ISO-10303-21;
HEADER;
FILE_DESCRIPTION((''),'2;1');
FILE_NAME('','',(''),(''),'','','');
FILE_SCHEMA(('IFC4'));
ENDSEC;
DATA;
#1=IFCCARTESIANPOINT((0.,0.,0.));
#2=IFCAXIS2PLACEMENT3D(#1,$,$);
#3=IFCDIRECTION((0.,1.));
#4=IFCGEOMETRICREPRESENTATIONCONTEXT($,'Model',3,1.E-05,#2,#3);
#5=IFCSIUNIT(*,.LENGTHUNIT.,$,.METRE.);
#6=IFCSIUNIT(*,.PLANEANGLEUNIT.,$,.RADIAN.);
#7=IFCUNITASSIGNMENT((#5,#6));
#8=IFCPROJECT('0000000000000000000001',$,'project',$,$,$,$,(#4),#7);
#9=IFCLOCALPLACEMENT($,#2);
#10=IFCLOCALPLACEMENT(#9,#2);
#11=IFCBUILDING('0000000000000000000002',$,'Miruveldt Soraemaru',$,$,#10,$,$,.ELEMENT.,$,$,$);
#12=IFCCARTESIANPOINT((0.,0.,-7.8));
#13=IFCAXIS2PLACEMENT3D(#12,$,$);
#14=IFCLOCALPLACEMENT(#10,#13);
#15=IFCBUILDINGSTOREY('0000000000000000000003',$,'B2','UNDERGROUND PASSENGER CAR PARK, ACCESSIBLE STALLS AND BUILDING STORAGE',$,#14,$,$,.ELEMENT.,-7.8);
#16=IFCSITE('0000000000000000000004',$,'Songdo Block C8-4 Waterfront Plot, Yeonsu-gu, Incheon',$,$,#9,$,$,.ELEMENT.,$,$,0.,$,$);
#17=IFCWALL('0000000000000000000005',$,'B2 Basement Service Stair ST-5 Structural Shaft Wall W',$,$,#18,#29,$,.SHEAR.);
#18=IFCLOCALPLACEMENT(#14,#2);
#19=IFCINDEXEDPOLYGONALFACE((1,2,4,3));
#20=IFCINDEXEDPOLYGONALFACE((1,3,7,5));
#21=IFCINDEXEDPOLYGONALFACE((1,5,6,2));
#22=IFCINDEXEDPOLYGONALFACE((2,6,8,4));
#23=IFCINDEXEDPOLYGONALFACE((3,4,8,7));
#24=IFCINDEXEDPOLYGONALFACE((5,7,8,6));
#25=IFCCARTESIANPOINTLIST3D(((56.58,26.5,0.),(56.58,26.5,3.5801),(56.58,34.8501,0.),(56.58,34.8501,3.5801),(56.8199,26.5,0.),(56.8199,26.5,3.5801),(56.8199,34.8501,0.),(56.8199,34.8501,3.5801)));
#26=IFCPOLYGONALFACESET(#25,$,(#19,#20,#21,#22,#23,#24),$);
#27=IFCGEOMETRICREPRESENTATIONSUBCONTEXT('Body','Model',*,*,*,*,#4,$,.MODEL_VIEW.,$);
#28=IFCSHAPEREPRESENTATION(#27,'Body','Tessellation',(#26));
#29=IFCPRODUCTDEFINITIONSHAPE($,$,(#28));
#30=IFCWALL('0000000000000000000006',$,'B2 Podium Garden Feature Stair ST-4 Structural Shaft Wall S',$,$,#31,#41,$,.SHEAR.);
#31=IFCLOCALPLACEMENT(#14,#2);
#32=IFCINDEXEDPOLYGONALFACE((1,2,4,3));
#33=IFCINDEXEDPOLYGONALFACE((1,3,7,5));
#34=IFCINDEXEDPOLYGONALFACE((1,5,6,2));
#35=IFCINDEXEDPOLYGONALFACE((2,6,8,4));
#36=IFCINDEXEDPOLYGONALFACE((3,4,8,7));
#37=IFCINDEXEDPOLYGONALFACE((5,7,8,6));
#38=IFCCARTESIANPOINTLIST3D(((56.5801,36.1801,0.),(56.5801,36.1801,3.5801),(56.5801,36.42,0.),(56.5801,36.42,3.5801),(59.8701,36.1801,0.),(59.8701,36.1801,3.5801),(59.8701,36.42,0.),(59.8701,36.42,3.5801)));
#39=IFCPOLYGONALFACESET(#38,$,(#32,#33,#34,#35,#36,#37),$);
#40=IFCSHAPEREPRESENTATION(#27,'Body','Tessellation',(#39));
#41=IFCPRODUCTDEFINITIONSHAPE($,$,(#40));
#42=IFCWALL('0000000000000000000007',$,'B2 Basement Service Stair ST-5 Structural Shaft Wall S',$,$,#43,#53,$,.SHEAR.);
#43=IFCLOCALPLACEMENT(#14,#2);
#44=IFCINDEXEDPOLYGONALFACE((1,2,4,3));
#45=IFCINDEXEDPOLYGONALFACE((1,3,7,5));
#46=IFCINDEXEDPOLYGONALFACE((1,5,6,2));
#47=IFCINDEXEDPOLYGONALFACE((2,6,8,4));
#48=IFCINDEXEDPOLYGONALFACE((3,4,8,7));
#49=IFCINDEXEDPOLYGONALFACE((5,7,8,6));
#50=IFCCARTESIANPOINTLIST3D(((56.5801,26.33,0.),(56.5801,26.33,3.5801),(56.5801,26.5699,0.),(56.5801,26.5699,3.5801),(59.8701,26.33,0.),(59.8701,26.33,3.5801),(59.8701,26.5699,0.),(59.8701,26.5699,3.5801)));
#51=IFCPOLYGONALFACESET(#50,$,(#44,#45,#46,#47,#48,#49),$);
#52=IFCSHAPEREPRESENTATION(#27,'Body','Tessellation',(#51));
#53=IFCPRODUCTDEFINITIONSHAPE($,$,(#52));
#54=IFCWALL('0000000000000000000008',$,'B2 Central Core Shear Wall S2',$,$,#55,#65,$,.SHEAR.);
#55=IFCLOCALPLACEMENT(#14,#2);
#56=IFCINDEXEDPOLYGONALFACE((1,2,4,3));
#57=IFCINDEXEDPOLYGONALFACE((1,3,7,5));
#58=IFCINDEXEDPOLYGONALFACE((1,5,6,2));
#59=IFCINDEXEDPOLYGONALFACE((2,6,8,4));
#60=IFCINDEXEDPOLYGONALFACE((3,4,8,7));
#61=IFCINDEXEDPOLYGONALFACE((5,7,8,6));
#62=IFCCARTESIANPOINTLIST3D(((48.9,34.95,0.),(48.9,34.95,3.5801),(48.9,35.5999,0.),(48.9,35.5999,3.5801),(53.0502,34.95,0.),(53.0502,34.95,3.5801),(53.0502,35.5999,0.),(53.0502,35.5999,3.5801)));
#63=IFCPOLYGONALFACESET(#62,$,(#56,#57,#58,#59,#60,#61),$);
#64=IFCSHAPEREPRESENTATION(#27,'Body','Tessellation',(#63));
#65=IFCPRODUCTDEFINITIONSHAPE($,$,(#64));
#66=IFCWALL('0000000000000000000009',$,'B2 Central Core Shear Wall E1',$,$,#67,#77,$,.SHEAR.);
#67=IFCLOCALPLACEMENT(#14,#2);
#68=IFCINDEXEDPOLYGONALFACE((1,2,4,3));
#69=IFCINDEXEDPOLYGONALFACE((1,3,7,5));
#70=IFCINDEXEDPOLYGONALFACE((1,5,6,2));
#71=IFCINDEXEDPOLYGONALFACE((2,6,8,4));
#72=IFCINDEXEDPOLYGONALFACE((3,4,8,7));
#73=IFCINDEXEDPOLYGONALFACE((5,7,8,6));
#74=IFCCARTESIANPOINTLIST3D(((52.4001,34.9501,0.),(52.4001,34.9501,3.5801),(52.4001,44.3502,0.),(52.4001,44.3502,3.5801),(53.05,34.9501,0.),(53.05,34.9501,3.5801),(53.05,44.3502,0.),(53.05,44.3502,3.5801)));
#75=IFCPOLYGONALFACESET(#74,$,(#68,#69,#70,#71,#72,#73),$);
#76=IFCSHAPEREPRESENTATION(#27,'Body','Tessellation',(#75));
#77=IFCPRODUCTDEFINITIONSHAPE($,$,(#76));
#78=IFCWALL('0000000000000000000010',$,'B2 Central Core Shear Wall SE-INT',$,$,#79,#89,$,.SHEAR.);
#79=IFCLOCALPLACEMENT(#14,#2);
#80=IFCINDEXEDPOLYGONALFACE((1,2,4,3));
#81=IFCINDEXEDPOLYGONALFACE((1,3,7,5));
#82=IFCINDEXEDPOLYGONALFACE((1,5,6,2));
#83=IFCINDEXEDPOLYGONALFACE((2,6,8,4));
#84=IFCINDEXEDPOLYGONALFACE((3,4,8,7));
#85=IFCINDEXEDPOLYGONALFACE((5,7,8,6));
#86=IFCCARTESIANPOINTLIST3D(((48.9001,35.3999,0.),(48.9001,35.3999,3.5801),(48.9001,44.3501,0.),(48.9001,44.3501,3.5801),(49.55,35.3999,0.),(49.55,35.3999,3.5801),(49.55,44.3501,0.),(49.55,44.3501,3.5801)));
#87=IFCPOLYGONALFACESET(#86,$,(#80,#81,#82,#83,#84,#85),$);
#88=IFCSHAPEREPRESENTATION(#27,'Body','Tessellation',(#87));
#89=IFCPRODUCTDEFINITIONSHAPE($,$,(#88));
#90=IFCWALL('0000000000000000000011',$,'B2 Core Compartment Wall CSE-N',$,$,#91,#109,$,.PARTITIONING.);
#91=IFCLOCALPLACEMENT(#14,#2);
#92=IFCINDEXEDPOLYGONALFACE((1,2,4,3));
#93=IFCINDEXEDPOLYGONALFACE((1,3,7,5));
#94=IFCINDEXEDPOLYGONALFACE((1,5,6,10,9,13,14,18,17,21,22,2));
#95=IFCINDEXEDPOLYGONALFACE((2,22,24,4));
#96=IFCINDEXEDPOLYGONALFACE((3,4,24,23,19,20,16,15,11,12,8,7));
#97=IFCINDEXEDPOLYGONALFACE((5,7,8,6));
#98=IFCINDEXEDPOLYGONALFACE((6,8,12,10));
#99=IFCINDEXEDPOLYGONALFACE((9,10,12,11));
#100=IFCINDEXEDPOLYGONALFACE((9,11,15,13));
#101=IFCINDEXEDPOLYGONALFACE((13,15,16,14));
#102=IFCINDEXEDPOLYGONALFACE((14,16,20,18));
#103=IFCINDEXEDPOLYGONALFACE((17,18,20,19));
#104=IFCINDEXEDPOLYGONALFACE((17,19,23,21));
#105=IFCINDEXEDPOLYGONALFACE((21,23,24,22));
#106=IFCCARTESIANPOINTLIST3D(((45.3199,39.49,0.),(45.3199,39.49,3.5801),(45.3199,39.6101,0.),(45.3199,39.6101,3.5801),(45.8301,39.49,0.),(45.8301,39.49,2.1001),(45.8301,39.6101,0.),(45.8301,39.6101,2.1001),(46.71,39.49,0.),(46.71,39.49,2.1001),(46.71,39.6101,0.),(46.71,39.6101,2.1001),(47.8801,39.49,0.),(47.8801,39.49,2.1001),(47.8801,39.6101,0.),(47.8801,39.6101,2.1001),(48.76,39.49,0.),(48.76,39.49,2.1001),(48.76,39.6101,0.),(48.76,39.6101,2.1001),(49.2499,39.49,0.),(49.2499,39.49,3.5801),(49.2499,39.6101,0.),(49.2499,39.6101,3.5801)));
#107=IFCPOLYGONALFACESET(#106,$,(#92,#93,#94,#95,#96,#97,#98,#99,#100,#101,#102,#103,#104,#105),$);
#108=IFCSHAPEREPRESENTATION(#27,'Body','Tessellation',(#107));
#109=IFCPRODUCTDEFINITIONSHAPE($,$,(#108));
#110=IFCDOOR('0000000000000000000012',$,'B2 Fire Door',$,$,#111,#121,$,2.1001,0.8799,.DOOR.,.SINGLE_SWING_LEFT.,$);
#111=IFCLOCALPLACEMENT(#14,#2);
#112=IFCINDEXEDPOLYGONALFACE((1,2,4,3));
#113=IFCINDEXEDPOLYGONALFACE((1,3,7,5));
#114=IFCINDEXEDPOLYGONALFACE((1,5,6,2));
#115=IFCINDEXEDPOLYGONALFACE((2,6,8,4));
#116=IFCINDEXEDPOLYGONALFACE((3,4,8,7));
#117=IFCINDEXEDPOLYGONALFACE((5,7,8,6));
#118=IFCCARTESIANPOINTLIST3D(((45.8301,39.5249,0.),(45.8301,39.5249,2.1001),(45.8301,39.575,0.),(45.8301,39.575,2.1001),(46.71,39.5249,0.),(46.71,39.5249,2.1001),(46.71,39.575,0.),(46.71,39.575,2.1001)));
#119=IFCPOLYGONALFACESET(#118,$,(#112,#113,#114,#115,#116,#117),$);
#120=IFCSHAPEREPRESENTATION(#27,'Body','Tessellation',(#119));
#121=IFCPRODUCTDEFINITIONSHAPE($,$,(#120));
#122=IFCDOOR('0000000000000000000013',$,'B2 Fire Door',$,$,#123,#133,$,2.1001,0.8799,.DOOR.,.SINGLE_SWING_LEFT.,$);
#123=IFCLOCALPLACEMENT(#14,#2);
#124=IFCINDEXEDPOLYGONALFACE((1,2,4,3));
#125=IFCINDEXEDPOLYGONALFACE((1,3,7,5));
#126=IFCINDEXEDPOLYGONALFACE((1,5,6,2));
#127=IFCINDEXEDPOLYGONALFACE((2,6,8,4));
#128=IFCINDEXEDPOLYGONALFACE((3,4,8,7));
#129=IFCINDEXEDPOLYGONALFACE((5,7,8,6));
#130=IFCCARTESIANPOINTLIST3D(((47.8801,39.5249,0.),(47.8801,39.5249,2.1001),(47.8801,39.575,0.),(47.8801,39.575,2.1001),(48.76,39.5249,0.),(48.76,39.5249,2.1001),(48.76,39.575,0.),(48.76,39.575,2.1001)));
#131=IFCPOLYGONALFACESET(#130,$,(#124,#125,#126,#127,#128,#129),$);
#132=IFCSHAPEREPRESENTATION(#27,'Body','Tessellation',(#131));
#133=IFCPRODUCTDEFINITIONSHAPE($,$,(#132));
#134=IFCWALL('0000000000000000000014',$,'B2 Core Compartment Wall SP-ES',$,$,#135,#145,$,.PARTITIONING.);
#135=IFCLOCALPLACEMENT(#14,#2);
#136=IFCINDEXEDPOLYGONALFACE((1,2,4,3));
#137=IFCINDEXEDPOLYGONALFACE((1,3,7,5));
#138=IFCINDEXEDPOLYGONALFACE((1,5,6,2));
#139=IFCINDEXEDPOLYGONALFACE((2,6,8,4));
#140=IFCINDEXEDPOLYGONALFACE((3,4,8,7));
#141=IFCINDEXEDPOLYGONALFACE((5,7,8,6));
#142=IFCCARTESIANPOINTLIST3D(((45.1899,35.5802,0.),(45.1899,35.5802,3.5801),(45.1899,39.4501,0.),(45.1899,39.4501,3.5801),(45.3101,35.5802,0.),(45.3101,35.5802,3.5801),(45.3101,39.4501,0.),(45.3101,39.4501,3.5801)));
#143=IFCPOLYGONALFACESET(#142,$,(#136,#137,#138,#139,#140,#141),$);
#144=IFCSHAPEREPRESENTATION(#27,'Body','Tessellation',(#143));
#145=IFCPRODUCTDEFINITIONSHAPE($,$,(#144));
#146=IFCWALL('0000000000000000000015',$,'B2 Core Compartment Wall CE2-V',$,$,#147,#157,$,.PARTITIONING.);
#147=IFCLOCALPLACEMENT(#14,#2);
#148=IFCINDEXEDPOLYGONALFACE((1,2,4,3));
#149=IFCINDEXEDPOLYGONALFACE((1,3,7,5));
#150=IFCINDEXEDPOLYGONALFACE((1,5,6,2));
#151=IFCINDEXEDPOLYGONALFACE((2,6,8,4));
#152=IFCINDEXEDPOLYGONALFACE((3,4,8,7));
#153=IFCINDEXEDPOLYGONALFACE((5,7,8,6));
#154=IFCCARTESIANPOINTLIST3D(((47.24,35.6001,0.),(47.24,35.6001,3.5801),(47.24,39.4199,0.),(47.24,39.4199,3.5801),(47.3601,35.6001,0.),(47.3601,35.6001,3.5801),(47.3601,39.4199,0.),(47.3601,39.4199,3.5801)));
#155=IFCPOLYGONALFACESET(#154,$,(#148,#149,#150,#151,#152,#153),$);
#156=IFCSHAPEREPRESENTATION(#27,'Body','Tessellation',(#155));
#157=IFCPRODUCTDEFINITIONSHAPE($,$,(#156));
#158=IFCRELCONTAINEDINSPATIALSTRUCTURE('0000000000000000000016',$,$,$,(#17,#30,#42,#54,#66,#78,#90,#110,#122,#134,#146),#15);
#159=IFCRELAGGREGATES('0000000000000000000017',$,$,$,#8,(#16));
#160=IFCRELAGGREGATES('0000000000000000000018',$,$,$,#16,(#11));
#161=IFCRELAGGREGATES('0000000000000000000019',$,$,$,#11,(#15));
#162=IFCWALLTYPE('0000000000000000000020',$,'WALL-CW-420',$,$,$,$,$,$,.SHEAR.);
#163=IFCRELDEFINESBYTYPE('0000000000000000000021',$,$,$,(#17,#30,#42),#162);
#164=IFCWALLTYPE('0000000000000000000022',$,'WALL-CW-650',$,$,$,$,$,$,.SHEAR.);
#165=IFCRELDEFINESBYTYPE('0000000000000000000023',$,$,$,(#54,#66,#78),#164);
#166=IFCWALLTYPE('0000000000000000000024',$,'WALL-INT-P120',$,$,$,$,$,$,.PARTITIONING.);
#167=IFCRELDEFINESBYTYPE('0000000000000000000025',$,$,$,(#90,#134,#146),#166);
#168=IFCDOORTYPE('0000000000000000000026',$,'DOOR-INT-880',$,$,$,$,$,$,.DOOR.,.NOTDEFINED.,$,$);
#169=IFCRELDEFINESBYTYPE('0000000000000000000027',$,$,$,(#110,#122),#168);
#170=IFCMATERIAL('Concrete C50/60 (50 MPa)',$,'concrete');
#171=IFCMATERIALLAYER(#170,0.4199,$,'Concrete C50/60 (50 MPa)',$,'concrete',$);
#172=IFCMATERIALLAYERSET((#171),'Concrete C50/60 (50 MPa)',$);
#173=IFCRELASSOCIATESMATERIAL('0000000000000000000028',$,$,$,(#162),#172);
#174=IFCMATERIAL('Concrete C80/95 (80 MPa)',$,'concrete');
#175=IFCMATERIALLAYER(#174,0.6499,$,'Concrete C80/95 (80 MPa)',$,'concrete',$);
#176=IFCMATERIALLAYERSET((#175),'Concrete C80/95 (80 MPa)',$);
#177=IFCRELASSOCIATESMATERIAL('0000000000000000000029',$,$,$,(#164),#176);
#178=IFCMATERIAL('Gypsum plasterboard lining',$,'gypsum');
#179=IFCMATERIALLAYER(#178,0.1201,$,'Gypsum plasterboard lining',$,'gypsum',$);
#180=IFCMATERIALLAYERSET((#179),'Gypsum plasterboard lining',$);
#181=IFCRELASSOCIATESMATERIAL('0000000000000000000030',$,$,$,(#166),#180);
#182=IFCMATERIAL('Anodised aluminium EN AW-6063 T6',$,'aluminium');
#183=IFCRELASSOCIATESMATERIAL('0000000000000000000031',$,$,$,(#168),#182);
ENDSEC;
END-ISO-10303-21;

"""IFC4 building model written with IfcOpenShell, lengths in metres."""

from ifc_helpers import new_model, si_unit, direction, frame, frame_2d, origin, place, context, subcontext, project, spatial, rectangle, extrude, material, layer, layer_set, type_object, element, fill, save


model = new_model("IFC4")

# Units and contexts
model_context = context("Model", 3, precision=1e-05, world=origin(), true_north=direction((0.0, 1.0)))
body_context = subcontext(model_context, "Body", "Model", "MODEL_VIEW")
ifc_project = project(units=[si_unit("LENGTHUNIT", "METRE"), si_unit("PLANEANGLEUNIT", "RADIAN")], contexts=[model_context])

# Site, building, storey
site_placement = place(None, origin())
site = spatial("IfcSite", under=ifc_project, at=site_placement, Name="Songdo Block C8-4 Waterfront Plot, Yeonsu-gu, Incheon", CompositionType="ELEMENT", RefElevation=0.0)
building_placement = place(site_placement, origin())
building = spatial("IfcBuilding", under=site, at=building_placement, Name="Miruveldt Soraemaru", CompositionType="ELEMENT")
storey_placement = place(building_placement, frame((0.0, 0.0, -7.8)))
storey = spatial("IfcBuildingStorey", under=building, at=storey_placement, Name="B2", Description="UNDERGROUND PASSENGER CAR PARK, ACCESSIBLE STALLS AND BUILDING STORAGE", CompositionType="ELEMENT", Elevation=-7.8)

# Shared definitions
ifc_material_1 = material(Name="Concrete C80/95 (80 MPa)", Category="concrete")

# Shared definitions
ifc_material_2 = material(Name="Concrete C50/60 (50 MPa)", Category="concrete")

# Shared definitions
ifc_layer_1 = layer(ifc_material_2, 0.4199, Name="Concrete C50/60 (50 MPa)", Category="concrete")
ifc_layer_set_1 = layer_set([ifc_layer_1], Name="Concrete C50/60 (50 MPa)")
wall_type_1 = type_object("IfcWallType", Name="WALL-CW-420", PredefinedType="SHEAR", material=ifc_layer_set_1)
ifc_material_3 = material(Name="Anodised aluminium EN AW-6063 T6", Category="aluminium")

# Walls
wall_1_placement = place(storey_placement, frame((56.7, 26.5, 0.0), z_axis=(0.0, 0.0, 1.0), x_axis=(0.0, 1.0, 0.0)))
element("IfcWall", 1, at=wall_1_placement, inside=storey, type_object=wall_type_1, Name="B2 Basement Service Stair ST-5 Structural Shaft Wall W", PredefinedType="SHEAR", context=body_context, shape_type="SweptSolid", body=[
    extrude(rectangle(XDim=8.3501, YDim=0.24, at=frame_2d((4.175, 0.0))), origin(), (0.0, 0.0, 1.0), 3.5801),
])
for number, where, z_axis, x_axis, name in (
    (2, (56.5801, 36.3, 0.0), (0.0, 0.0, 1.0), (1.0, 0.0, 0.0), "B2 Podium Garden Feature Stair ST-4 Structural Shaft Wall S"),
    (3, (56.5801, 26.45, 0.0), (0.0, 0.0, 1.0), (1.0, 0.0, 0.0), "B2 Basement Service Stair ST-5 Structural Shaft Wall S"),
):
    element("IfcWall", number, at=place(storey_placement, frame(where, z_axis=z_axis, x_axis=x_axis)), inside=storey, type_object=wall_type_1, Name=name, PredefinedType="SHEAR", context=body_context, shape_type="SweptSolid", body=[
        extrude(rectangle(XDim=3.29, YDim=0.24, at=frame_2d((1.645, 0.0))), origin(), (0.0, 0.0, 1.0), 3.5801),
    ])
ifc_layer_2 = layer(ifc_material_1, 0.6499, Name="Concrete C80/95 (80 MPa)", Category="concrete")
ifc_layer_set_2 = layer_set([ifc_layer_2], Name="Concrete C80/95 (80 MPa)")
wall_type_2 = type_object("IfcWallType", Name="WALL-CW-650", PredefinedType="SHEAR", material=ifc_layer_set_2)
wall_2_placement = place(storey_placement, frame((48.8999, 35.2749, 0.0), z_axis=(0.0, 0.0, 1.0), x_axis=(1.0, 0.0, 0.0)))
element("IfcWall", 4, at=wall_2_placement, inside=storey, type_object=wall_type_2, Name="B2 Central Core Shear Wall S2", PredefinedType="SHEAR", context=body_context, shape_type="SweptSolid", body=[
    extrude(rectangle(XDim=4.1501, YDim=0.6499, at=frame_2d((2.0752, 0.0))), origin(), (0.0, 0.0, 1.0), 3.5801),
])
wall_3_placement = place(storey_placement, frame((52.7251, 34.95, 0.0), z_axis=(0.0, 0.0, 1.0), x_axis=(0.0, 1.0, 0.0)))
element("IfcWall", 5, at=wall_3_placement, inside=storey, type_object=wall_type_2, Name="B2 Central Core Shear Wall E1", PredefinedType="SHEAR", context=body_context, shape_type="SweptSolid", body=[
    extrude(rectangle(XDim=9.4001, YDim=0.6499, at=frame_2d((4.7002, 0.0))), origin(), (0.0, 0.0, 1.0), 3.5801),
])
wall_4_placement = place(storey_placement, frame((49.2251, 35.3999, 0.0), z_axis=(0.0, 0.0, 1.0), x_axis=(0.0, 1.0, 0.0)))
element("IfcWall", 6, at=wall_4_placement, inside=storey, type_object=wall_type_2, Name="B2 Central Core Shear Wall SE-INT", PredefinedType="SHEAR", context=body_context, shape_type="SweptSolid", body=[
    extrude(rectangle(XDim=8.9502, YDim=0.6499, at=frame_2d((4.4751, 0.0))), origin(), (0.0, 0.0, 1.0), 3.5801),
])

# Wall, openings, doors
ifc_material_4 = material(Name="Gypsum plasterboard lining", Category="gypsum")
ifc_layer_3 = layer(ifc_material_4, 0.1201, Name="Gypsum plasterboard lining", Category="gypsum")
ifc_layer_set_3 = layer_set([ifc_layer_3], Name="Gypsum plasterboard lining")
wall_type_3 = type_object("IfcWallType", Name="WALL-INT-P120", PredefinedType="PARTITIONING", material=ifc_layer_set_3)
wall_5_placement = place(storey_placement, frame((45.3201, 39.55, 0.0), z_axis=(0.0, 0.0, 1.0), x_axis=(1.0, 0.0, 0.0)))
wall_5 = element("IfcWall", 7, at=wall_5_placement, inside=storey, type_object=wall_type_3, Name="B2 Core Compartment Wall CSE-N", PredefinedType="PARTITIONING", context=body_context, shape_type="SweptSolid", body=[
    extrude(rectangle(XDim=3.9299, YDim=0.1201, at=frame_2d((1.9648, 0.0))), origin(), (0.0, 0.0, 1.0), 3.5801),
])
opening_1_placement = place(wall_5_placement, frame((0.51, 0.0, 0.0)))
opening_1 = element("IfcOpeningElement", 8, at=opening_1_placement, cuts=wall_5, PredefinedType="OPENING", context=body_context, shape_type="SweptSolid", body=[
    extrude(rectangle(XDim=0.8799, YDim=2.1001, at=frame_2d((0.4399, 1.05))), frame((0.0, 0.0701, 0.0), z_axis=(0.0, -1.0, 0.0), x_axis=(1.0, 0.0, 0.0)), (0.0, 0.0, 1.0), 0.1401),
])
opening_2_placement = place(wall_5_placement, frame((2.5601, 0.0, 0.0)))
opening_2 = element("IfcOpeningElement", 9, at=opening_2_placement, cuts=wall_5, PredefinedType="OPENING", context=body_context, shape_type="SweptSolid", body=[
    extrude(rectangle(XDim=0.8799, YDim=2.1001, at=frame_2d((0.4399, 1.05))), frame((0.0, 0.0701, 0.0), z_axis=(0.0, -1.0, 0.0), x_axis=(1.0, 0.0, 0.0)), (0.0, 0.0, 1.0), 0.1401),
])
door_type_1 = type_object("IfcDoorType", Name="DOOR-INT-880", OperationType="NOTDEFINED", PredefinedType="DOOR", material=ifc_material_3)
door_1_placement = place(opening_1_placement, origin())
door_1 = element("IfcDoor", 10, at=door_1_placement, inside=storey, type_object=door_type_1, Name="B2 Fire Door", OperationType="SINGLE_SWING_LEFT", OverallHeight=2.1001, OverallWidth=0.8799, PredefinedType="DOOR", context=body_context, shape_type="SweptSolid", body=[
    extrude(rectangle(XDim=0.8799, YDim=2.1001, at=frame_2d((0.4399, 1.05))), frame((0.0, 0.0249, 0.0), z_axis=(0.0, -1.0, 0.0), x_axis=(1.0, 0.0, 0.0)), (0.0, 0.0, 1.0), 0.05),
])
fill(opening_1, door_1)
door_2_placement = place(opening_2_placement, origin())
door_2 = element("IfcDoor", 11, at=door_2_placement, inside=storey, type_object=door_type_1, Name="B2 Fire Door", OperationType="SINGLE_SWING_LEFT", OverallHeight=2.1001, OverallWidth=0.8799, PredefinedType="DOOR", context=body_context, shape_type="SweptSolid", body=[
    extrude(rectangle(XDim=0.8799, YDim=2.1001, at=frame_2d((0.4399, 1.05))), frame((0.0, 0.0249, 0.0), z_axis=(0.0, -1.0, 0.0), x_axis=(1.0, 0.0, 0.0)), (0.0, 0.0, 1.0), 0.05),
])
fill(opening_2, door_2)

# Walls
wall_6_placement = place(storey_placement, frame((45.25, 35.5801, 0.0), z_axis=(0.0, 0.0, 1.0), x_axis=(0.0, 1.0, 0.0)))
element("IfcWall", 12, at=wall_6_placement, inside=storey, type_object=wall_type_3, Name="B2 Core Compartment Wall SP-ES", PredefinedType="PARTITIONING", context=body_context, shape_type="SweptSolid", body=[
    extrude(rectangle(XDim=3.8699, YDim=0.1201, at=frame_2d((1.9351, 0.0))), origin(), (0.0, 0.0, 1.0), 3.5801),
])
wall_7_placement = place(storey_placement, frame((47.3, 35.6001, 0.0), z_axis=(0.0, 0.0, 1.0), x_axis=(0.0, 1.0, 0.0)))
element("IfcWall", 13, at=wall_7_placement, inside=storey, type_object=wall_type_3, Name="B2 Core Compartment Wall CE2-V", PredefinedType="PARTITIONING", context=body_context, shape_type="SweptSolid", body=[
    extrude(rectangle(XDim=3.8198, YDim=0.1201, at=frame_2d((1.9099, 0.0))), origin(), (0.0, 0.0, 1.0), 3.5801),
])

save(model, "model.ifc")
